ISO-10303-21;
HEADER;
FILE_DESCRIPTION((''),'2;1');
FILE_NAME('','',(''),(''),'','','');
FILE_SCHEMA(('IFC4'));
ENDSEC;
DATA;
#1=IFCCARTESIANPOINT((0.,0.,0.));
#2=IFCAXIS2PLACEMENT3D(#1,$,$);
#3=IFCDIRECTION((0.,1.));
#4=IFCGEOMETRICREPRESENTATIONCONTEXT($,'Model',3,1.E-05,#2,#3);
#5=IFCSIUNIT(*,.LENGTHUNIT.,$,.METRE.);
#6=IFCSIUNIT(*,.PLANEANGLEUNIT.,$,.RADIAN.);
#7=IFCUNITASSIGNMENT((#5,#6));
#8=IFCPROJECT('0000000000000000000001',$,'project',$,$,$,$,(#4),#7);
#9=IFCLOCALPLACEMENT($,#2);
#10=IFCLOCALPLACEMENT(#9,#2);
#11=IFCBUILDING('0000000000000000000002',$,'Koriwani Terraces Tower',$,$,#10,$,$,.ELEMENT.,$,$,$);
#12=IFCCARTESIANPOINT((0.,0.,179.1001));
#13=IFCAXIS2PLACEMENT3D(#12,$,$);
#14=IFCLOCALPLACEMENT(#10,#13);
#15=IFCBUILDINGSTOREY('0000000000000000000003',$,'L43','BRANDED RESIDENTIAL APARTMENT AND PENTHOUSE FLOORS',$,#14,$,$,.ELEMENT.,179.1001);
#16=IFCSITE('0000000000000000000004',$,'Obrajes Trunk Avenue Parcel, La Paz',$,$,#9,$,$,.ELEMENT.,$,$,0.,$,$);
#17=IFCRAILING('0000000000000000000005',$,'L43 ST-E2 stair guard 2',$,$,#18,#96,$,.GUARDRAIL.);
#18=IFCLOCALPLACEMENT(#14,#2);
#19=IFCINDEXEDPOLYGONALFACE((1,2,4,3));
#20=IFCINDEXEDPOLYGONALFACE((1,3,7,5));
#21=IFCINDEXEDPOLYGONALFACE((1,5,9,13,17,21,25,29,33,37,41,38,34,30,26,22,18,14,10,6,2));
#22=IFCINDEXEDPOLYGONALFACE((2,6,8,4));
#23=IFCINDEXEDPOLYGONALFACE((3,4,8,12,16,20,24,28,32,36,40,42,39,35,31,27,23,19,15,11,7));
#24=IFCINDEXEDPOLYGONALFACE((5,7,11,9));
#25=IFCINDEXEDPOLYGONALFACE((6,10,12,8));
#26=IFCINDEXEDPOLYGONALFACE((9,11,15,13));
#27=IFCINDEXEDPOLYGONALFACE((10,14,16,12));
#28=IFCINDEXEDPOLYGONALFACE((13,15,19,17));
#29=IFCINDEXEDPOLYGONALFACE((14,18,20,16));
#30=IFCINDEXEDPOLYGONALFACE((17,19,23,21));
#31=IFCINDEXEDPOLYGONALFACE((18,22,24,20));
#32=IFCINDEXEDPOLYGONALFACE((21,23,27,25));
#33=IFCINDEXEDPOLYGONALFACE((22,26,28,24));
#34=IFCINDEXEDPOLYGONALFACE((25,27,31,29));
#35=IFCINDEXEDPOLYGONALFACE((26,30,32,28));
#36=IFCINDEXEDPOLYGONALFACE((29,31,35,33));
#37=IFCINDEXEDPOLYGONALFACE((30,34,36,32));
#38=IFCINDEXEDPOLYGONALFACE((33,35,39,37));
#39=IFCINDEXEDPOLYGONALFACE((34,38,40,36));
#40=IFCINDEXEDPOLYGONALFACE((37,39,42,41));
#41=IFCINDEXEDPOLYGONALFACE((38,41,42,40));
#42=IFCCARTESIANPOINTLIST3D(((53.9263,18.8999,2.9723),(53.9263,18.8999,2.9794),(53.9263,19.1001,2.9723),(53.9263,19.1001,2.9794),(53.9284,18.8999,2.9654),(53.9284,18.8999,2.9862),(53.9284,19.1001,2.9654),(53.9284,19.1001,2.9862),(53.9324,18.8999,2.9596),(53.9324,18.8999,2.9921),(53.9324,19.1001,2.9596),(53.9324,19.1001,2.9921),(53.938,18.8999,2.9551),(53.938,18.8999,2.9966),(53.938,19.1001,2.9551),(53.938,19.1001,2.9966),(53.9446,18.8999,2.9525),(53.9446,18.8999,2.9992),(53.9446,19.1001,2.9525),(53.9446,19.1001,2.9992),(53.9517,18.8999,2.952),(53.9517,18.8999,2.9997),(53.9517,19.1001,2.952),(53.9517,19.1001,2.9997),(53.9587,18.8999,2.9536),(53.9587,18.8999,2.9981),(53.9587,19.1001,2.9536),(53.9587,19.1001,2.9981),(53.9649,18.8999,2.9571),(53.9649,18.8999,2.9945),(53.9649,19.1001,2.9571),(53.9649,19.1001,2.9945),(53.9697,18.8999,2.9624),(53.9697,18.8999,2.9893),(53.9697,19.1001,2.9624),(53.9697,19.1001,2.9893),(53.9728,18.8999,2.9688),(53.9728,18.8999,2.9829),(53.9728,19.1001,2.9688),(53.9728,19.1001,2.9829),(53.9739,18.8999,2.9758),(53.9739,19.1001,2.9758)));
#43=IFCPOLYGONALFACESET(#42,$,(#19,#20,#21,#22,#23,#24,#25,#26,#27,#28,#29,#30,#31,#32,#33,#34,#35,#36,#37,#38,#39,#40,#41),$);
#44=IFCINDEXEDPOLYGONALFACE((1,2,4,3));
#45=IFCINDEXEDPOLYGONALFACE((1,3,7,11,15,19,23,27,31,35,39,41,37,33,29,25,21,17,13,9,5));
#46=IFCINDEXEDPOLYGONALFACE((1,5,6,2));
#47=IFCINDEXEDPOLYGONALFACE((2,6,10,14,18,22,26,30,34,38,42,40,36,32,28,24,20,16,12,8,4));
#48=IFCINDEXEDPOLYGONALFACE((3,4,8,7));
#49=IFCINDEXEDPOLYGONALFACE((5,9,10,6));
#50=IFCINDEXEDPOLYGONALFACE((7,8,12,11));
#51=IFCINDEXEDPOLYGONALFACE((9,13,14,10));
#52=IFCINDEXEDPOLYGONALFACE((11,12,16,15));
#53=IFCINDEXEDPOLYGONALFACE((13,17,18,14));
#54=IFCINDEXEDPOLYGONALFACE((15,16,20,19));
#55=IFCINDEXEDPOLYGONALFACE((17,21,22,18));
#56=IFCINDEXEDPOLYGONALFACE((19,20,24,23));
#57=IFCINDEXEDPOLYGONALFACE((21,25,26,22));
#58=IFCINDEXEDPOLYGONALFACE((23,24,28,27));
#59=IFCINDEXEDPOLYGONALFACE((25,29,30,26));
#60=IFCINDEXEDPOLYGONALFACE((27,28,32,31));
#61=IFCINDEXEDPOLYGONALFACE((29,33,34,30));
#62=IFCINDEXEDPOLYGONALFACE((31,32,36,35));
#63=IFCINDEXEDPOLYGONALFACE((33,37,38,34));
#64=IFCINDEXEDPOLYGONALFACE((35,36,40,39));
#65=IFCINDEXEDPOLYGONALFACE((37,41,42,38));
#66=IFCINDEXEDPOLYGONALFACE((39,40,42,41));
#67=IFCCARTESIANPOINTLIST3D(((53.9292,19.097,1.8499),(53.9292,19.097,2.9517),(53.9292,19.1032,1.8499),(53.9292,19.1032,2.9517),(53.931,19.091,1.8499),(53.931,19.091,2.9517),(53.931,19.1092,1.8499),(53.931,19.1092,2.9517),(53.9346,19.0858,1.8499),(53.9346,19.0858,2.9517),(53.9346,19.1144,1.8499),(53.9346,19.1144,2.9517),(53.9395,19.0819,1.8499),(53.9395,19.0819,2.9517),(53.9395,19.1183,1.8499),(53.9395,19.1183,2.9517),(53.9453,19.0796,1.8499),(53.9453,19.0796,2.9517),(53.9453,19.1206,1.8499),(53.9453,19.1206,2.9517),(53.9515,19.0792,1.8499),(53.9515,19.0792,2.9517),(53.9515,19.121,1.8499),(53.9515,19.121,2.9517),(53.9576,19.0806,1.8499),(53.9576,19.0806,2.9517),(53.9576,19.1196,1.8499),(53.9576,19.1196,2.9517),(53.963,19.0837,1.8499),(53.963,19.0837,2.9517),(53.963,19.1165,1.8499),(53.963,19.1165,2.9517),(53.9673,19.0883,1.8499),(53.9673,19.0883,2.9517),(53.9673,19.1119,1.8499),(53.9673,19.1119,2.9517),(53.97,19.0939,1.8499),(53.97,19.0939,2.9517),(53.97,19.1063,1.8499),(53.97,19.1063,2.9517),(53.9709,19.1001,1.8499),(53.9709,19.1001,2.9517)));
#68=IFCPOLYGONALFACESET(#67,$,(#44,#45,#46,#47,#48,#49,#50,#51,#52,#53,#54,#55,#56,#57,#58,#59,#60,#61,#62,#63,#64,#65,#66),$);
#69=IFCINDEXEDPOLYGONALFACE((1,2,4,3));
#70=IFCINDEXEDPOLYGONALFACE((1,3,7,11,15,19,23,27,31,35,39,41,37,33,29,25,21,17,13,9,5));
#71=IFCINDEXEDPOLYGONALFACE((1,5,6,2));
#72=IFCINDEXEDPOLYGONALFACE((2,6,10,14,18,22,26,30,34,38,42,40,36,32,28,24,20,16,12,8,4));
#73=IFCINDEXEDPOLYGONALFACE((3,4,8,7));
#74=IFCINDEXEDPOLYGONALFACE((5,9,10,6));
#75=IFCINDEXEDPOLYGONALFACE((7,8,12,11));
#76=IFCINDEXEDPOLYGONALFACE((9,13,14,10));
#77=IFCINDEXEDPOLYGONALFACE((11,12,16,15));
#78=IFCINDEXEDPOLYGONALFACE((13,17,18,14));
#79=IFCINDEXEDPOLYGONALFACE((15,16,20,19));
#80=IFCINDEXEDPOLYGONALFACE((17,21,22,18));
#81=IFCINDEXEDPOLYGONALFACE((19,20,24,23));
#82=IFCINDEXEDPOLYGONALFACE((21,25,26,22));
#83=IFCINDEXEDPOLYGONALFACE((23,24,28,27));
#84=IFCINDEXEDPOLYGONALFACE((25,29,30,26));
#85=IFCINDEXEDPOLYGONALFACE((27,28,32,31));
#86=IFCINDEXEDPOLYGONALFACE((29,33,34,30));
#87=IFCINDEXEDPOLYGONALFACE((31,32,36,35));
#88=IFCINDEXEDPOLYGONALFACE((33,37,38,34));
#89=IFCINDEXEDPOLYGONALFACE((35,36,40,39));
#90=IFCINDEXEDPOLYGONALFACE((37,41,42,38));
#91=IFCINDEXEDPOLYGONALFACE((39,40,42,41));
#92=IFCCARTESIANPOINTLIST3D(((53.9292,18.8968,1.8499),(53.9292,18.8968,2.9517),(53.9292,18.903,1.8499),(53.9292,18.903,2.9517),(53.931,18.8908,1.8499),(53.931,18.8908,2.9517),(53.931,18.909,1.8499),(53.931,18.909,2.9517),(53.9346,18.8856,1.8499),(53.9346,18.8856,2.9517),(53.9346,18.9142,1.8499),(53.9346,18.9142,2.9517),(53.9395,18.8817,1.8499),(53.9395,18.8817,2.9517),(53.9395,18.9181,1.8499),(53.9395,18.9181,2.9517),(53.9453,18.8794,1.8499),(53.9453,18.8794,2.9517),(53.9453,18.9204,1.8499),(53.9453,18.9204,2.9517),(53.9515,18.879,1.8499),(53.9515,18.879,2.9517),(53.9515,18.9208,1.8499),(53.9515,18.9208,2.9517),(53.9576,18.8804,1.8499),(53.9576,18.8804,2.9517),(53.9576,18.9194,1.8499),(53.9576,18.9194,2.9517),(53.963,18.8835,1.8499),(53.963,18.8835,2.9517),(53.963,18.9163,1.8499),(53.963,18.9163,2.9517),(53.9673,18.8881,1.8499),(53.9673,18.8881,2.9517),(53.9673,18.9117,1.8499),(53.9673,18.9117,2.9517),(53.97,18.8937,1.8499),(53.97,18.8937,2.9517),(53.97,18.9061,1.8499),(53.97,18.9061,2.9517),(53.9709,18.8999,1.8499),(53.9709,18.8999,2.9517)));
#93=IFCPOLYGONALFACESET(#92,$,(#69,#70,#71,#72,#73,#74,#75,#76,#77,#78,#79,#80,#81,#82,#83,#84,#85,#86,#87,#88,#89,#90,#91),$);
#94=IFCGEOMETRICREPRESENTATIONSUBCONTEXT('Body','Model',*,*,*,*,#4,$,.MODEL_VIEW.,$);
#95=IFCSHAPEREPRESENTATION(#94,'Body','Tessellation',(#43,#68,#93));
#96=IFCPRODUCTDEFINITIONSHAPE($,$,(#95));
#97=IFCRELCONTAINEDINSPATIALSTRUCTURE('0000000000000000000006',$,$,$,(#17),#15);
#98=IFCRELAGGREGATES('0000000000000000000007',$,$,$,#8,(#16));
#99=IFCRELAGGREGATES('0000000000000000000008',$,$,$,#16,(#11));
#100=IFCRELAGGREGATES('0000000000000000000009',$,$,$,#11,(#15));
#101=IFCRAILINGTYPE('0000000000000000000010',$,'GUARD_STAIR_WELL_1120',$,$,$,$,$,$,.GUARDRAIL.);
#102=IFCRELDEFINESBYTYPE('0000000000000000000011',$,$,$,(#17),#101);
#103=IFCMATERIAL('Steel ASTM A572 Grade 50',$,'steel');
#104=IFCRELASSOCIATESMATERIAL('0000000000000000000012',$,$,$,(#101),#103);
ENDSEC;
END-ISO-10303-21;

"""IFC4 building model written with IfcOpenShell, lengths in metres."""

from ifc_helpers import new_model, si_unit, direction, frame, origin, origin_2d, place, context, subcontext, project, spatial, circle, extrude, material, type_object, element, save


model = new_model("IFC4")

# Units and contexts
model_context = context("Model", 3, precision=1e-05, world=origin(), true_north=direction((0.0, 1.0)))
body_context = subcontext(model_context, "Body", "Model", "MODEL_VIEW")
ifc_project = project(units=[si_unit("LENGTHUNIT", "METRE"), si_unit("PLANEANGLEUNIT", "RADIAN")], contexts=[model_context])

# Site, building, storey
site_placement = place(None, origin())
site = spatial("IfcSite", under=ifc_project, at=site_placement, Name="Obrajes Trunk Avenue Parcel, La Paz", CompositionType="ELEMENT", RefElevation=0.0)
building_placement = place(site_placement, origin())
building = spatial("IfcBuilding", under=site, at=building_placement, Name="Koriwani Terraces Tower", CompositionType="ELEMENT")
storey_placement = place(building_placement, frame((0.0, 0.0, 179.1001)))
storey = spatial("IfcBuildingStorey", under=building, at=storey_placement, Name="L43", Description="BRANDED RESIDENTIAL APARTMENT AND PENTHOUSE FLOORS", CompositionType="ELEMENT", Elevation=179.1001)

# Shared definitions
ifc_material_1 = material(Name="Steel ASTM A572 Grade 50", Category="steel")

# Railing
railing_type_1 = type_object("IfcRailingType", Name="GUARD_STAIR_WELL_1120", PredefinedType="GUARDRAIL", material=ifc_material_1)
railing_1_placement = place(storey_placement, frame((53.95, 19.1001, 1.8499)))
element("IfcRailing", 1, at=railing_1_placement, inside=storey, type_object=railing_type_1, Name="L43 ST-E2 stair guard 2", PredefinedType="GUARDRAIL", context=body_context, shape_type="SweptSolid", body=[
    extrude(circle(Radius=0.0239, at=origin_2d()), frame((0.0, 0.0, 1.126), z_axis=(0.0, -1.0, 0.0), x_axis=(1.0, 0.0, 0.0)), (0.0, 0.0, 1.0), 0.2002),
    extrude(circle(Radius=0.021, at=origin_2d()), origin(), (0.0, 0.0, 1.0), 1.1018),
    extrude(circle(Radius=0.021, at=origin_2d()), frame((0.0, -0.2002, 0.0)), (0.0, 0.0, 1.0), 1.1018),
])

save(model, "model.ifc")
